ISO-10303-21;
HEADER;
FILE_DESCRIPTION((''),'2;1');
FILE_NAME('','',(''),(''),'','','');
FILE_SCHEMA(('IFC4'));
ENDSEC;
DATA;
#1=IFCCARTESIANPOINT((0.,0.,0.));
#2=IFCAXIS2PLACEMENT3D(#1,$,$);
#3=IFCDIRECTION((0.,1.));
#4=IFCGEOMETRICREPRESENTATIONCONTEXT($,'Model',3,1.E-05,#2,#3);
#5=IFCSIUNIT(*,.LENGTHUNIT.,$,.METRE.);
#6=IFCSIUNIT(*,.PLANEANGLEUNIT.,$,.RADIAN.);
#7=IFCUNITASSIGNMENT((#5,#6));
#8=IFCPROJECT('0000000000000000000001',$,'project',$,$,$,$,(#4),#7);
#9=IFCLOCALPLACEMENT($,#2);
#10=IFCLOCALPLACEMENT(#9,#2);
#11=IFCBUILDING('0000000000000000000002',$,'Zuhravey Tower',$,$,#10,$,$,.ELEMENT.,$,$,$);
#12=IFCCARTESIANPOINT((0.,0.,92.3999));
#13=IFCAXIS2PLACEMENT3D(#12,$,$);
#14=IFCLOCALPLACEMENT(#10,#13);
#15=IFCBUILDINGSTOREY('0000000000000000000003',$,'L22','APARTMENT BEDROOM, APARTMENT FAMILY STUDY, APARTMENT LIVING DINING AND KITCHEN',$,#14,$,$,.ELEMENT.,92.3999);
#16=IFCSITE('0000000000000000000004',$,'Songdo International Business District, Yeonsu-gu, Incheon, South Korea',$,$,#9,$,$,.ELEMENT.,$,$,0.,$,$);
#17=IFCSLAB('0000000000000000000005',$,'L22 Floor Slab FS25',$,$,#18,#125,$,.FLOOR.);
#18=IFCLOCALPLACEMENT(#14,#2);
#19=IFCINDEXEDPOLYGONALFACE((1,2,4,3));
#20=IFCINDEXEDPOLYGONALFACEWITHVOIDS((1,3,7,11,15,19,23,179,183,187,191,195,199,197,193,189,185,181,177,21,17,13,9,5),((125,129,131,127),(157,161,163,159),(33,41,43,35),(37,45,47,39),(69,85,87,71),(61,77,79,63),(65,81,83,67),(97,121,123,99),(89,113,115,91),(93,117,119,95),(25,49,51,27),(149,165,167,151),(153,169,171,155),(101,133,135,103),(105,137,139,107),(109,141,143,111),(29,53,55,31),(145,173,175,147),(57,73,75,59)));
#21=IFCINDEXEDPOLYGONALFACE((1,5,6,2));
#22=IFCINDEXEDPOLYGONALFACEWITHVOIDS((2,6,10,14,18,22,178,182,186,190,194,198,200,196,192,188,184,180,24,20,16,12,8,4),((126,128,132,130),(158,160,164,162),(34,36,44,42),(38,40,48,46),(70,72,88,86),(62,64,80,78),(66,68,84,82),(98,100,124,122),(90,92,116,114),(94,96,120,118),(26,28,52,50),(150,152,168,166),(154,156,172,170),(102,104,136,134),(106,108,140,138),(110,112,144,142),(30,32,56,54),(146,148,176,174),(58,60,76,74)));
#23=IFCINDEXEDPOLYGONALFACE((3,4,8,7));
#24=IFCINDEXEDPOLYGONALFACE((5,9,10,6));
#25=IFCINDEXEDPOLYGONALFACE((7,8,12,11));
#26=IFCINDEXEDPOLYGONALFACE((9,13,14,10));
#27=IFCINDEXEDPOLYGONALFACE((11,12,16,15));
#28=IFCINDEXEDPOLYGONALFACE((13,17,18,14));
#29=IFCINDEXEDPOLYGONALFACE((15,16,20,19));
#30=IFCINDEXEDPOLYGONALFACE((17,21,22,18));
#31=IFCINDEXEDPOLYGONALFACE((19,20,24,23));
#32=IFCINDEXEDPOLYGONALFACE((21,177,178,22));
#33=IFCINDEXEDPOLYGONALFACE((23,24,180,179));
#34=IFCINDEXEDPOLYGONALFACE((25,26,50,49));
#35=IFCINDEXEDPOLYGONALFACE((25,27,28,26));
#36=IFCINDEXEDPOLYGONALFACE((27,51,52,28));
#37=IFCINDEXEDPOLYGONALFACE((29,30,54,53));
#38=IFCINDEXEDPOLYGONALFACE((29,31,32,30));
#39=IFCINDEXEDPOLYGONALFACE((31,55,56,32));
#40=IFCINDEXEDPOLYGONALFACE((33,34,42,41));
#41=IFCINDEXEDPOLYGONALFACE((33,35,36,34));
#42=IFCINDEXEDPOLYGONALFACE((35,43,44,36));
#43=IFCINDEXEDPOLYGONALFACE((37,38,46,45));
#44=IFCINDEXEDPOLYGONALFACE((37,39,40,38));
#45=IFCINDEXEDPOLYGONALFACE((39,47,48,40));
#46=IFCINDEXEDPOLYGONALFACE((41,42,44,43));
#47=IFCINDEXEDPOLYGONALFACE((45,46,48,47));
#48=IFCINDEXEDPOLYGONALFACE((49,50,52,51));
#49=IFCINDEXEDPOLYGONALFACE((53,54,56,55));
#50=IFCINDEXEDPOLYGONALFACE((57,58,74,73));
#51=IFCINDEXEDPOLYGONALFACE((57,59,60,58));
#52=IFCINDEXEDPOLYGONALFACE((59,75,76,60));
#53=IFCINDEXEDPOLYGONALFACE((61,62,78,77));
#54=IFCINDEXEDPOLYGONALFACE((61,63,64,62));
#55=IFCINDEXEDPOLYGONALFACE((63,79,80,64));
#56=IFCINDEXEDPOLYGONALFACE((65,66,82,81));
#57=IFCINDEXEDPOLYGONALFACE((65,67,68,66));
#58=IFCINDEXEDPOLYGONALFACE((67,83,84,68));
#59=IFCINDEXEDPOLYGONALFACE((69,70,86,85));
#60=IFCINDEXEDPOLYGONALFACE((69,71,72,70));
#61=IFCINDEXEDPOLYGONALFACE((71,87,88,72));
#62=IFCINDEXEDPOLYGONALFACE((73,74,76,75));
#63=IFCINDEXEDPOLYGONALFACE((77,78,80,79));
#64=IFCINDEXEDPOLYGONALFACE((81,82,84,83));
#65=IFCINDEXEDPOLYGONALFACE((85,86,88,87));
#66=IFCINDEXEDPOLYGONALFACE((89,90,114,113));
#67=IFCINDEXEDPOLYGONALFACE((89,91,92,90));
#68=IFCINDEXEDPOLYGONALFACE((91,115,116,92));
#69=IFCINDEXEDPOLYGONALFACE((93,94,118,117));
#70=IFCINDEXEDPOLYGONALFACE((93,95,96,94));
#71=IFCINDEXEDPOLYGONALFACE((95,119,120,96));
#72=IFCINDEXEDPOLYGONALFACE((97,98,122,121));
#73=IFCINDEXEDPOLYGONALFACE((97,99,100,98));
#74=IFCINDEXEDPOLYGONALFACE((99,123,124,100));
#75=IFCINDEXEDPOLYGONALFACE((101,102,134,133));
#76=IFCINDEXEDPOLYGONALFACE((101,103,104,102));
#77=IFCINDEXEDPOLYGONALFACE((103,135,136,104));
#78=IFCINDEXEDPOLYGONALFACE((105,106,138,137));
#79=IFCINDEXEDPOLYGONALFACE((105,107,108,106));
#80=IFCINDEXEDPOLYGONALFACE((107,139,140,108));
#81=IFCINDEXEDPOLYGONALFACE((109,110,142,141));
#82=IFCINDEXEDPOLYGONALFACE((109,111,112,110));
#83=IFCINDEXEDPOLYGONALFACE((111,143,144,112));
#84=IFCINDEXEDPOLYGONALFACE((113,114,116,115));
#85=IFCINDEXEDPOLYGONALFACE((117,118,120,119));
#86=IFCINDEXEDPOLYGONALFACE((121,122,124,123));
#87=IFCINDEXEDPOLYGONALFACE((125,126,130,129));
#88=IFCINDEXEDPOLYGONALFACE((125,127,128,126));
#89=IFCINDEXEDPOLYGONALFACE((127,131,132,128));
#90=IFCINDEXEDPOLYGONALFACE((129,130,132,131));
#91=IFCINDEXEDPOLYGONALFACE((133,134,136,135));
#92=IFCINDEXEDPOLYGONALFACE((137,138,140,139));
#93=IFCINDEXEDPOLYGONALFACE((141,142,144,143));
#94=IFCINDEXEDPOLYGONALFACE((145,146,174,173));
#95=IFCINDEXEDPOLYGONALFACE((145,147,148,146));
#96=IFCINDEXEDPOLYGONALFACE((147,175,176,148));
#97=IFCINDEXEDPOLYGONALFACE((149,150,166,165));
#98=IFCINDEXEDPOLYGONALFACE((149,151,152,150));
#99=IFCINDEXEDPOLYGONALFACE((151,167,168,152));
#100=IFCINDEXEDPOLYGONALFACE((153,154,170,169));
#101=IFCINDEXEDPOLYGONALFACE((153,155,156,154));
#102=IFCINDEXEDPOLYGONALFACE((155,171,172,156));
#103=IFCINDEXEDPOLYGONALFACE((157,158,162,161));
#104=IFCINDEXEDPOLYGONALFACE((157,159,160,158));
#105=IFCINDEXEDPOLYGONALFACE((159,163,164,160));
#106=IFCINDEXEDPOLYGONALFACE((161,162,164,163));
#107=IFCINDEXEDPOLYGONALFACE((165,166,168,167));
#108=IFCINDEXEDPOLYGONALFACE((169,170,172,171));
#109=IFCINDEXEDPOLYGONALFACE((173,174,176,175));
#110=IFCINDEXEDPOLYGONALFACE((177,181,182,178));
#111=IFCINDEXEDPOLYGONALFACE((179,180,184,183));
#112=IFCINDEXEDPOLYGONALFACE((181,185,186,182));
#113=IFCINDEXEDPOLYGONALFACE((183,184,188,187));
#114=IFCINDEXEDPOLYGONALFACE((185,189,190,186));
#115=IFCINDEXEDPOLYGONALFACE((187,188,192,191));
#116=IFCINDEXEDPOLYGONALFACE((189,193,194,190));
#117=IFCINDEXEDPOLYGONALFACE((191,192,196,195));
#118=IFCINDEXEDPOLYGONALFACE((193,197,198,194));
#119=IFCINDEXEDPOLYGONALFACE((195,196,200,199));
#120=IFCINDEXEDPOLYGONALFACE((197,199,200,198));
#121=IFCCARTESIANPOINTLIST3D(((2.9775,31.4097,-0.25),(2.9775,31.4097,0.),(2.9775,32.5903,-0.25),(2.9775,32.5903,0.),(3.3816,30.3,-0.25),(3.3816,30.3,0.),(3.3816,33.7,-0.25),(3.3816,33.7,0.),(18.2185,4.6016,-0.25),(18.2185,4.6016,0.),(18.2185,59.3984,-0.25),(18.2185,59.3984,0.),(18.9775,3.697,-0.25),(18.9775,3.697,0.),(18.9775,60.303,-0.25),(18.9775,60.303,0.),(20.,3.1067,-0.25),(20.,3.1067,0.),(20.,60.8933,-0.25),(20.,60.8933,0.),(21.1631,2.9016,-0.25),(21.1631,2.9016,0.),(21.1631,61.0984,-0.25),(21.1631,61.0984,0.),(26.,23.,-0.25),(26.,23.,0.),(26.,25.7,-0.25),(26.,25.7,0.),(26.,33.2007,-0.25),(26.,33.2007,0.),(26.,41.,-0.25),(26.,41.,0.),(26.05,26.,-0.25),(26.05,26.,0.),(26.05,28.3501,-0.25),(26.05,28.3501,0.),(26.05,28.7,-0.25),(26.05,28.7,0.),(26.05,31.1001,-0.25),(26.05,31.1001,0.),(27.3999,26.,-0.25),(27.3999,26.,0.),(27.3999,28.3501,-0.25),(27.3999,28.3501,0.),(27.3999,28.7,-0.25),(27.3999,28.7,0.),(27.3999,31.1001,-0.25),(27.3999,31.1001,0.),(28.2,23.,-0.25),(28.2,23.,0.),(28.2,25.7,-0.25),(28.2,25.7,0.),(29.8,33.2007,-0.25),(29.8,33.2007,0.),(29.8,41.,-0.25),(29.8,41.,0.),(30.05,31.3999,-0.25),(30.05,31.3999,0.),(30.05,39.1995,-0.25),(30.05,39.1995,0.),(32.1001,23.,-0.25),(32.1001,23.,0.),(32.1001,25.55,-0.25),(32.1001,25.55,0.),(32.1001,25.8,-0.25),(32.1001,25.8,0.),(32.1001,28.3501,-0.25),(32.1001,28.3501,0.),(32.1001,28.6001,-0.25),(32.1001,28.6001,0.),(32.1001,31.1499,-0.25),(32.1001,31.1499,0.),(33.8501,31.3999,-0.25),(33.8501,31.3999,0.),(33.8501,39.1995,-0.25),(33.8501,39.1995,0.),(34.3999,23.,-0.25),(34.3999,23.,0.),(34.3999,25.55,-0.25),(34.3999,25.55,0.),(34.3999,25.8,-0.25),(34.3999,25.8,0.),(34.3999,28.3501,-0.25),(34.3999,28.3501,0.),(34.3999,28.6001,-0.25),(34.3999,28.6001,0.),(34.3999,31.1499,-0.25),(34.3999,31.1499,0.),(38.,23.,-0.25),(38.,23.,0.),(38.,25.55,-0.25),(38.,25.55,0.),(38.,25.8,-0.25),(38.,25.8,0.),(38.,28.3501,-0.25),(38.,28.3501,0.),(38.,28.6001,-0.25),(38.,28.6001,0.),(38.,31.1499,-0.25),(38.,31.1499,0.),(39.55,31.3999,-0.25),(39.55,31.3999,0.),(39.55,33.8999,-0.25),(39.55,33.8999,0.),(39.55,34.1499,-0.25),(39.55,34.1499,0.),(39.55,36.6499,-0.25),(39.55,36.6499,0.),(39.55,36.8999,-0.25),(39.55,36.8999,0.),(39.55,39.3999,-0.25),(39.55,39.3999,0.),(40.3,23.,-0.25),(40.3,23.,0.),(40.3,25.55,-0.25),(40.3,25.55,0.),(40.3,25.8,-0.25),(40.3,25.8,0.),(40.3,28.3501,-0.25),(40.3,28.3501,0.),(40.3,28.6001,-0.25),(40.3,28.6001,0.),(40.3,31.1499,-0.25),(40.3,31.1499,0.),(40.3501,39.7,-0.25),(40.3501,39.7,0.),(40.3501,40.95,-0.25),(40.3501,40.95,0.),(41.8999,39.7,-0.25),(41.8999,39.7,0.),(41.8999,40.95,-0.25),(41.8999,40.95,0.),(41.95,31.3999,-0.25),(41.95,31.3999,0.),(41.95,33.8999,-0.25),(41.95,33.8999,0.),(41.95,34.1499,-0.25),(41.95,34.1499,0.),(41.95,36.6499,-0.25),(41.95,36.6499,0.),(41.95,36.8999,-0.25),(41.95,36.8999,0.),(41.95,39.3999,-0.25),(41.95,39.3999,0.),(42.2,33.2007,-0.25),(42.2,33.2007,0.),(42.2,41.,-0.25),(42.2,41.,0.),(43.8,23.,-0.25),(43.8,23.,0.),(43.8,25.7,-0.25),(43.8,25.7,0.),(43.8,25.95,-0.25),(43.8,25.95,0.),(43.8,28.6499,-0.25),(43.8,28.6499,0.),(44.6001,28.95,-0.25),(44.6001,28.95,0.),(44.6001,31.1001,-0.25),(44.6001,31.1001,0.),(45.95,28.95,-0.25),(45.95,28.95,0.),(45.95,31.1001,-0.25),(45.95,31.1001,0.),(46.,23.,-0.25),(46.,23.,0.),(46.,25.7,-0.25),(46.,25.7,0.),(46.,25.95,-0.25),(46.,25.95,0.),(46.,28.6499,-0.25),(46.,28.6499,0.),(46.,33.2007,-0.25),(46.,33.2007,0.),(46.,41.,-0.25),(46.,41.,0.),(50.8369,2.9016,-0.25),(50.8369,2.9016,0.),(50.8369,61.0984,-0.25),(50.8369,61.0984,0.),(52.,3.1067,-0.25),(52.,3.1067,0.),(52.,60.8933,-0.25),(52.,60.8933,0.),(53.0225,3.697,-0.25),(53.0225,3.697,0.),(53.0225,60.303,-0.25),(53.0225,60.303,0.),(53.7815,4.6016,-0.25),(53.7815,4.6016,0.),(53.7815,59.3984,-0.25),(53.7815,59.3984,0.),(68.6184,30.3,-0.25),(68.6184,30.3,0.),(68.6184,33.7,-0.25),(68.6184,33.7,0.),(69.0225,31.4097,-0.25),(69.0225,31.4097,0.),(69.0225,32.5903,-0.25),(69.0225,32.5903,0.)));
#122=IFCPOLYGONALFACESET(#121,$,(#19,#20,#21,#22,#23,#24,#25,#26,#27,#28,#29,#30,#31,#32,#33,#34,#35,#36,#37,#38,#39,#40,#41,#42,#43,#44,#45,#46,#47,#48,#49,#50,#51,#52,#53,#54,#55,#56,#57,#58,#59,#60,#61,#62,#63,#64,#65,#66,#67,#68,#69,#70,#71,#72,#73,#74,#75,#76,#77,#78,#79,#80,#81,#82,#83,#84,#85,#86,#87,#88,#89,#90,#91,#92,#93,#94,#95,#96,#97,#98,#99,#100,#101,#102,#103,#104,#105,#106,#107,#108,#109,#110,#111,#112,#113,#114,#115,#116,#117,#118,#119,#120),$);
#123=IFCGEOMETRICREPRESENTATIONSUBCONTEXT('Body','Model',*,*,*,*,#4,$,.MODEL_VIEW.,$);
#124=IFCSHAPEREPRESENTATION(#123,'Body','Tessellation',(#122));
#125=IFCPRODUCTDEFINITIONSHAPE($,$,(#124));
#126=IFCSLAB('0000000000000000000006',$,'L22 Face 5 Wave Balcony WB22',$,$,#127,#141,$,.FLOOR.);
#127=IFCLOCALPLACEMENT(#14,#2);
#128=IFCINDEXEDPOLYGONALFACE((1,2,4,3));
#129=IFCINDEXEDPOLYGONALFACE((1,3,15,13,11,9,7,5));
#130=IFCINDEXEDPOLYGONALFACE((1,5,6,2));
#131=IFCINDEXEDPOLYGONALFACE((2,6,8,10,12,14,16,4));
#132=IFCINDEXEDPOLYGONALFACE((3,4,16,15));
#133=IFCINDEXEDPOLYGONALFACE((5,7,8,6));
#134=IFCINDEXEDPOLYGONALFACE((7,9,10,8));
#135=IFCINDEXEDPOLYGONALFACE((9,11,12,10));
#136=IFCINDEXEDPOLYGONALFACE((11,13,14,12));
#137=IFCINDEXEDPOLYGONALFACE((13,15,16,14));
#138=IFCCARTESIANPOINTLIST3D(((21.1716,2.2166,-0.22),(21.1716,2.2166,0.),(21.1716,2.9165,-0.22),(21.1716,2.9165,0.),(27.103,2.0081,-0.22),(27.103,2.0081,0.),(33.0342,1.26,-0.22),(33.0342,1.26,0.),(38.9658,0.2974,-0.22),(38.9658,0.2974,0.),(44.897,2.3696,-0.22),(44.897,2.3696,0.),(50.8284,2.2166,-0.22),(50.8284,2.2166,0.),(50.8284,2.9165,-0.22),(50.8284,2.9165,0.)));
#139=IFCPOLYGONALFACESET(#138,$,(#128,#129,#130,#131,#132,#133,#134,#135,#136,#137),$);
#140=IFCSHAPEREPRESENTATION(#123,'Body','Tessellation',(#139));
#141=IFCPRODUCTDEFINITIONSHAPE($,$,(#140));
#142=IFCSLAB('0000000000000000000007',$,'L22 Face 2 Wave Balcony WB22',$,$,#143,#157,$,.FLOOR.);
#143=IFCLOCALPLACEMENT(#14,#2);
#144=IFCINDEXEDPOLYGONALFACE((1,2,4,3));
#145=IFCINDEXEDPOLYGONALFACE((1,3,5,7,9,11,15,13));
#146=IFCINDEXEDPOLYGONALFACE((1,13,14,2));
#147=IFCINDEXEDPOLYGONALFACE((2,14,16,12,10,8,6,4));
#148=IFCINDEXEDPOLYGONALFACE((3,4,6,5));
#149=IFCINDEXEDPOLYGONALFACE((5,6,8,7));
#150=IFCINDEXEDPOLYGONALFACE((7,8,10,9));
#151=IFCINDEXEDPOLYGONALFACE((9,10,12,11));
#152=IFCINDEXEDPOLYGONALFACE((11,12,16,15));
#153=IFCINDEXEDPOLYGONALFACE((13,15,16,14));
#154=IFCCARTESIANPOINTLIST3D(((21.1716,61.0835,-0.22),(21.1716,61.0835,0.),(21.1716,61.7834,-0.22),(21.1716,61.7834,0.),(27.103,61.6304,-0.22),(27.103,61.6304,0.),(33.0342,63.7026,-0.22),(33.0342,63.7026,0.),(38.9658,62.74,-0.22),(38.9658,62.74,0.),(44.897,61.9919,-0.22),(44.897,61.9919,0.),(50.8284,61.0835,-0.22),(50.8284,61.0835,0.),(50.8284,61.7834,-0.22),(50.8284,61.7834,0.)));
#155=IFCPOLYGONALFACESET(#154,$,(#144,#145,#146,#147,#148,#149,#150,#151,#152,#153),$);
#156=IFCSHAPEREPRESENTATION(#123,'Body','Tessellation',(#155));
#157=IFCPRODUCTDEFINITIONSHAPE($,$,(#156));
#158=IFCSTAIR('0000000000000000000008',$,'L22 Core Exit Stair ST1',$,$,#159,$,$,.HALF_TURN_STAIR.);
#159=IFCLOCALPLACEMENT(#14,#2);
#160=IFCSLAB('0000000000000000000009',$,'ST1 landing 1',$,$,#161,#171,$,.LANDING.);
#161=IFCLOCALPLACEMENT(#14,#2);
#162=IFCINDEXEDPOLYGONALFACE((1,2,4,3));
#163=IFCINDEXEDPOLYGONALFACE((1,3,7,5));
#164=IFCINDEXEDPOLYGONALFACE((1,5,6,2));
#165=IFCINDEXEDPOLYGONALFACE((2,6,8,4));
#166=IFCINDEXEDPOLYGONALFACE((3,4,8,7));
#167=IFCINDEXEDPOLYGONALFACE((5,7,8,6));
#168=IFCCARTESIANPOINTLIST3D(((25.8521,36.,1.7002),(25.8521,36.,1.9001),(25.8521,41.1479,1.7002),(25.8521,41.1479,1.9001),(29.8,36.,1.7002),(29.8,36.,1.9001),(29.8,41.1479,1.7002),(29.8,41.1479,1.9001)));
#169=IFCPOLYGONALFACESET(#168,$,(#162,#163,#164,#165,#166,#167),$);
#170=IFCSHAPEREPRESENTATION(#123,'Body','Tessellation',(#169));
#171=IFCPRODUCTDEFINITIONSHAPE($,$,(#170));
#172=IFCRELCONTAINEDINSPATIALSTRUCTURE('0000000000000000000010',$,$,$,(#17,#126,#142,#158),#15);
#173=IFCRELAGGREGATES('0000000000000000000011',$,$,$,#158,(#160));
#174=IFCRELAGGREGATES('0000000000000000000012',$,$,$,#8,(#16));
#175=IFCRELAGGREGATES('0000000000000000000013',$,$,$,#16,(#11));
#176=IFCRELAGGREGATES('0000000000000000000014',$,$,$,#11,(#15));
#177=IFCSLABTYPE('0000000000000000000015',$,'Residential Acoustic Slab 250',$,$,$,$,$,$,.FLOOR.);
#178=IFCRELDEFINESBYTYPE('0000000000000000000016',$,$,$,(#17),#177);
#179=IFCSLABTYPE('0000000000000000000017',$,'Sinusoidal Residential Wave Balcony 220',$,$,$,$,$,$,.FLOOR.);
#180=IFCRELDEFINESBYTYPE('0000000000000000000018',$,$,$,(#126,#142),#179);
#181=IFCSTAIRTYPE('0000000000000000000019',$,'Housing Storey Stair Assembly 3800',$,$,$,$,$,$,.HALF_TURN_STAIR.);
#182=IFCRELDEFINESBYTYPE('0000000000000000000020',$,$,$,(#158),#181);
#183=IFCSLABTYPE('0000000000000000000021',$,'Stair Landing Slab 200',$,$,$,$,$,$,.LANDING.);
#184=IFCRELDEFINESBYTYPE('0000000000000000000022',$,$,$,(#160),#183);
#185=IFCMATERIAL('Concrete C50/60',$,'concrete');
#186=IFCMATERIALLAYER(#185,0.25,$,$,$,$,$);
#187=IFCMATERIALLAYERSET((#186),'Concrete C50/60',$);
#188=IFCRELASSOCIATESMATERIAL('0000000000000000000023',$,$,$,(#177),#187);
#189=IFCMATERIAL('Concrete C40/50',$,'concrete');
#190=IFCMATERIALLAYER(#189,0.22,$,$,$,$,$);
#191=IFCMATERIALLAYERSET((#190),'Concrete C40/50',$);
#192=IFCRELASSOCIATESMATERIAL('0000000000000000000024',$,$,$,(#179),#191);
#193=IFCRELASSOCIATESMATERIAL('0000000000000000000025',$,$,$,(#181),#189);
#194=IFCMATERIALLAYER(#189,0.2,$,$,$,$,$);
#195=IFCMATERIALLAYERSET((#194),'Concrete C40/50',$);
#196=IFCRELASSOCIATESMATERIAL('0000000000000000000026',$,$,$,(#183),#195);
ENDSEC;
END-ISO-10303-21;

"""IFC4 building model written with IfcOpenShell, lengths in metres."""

from ifc_helpers import new_model, si_unit, direction, frame, origin, place, context, subcontext, project, spatial, polyline, outline, extrude, material, layer, layer_set, type_object, element, aggregate, save


model = new_model("IFC4")

# Units and contexts
model_context = context("Model", 3, precision=1e-05, world=origin(), true_north=direction((0.0, 1.0)))
body_context = subcontext(model_context, "Body", "Model", "MODEL_VIEW")
ifc_project = project(units=[si_unit("LENGTHUNIT", "METRE"), si_unit("PLANEANGLEUNIT", "RADIAN")], contexts=[model_context])

# Site, building, storey
site_placement = place(None, origin())
site = spatial("IfcSite", under=ifc_project, at=site_placement, Name="Songdo International Business District, Yeonsu-gu, Incheon, South Korea", CompositionType="ELEMENT", RefElevation=0.0)
building_placement = place(site_placement, origin())
building = spatial("IfcBuilding", under=site, at=building_placement, Name="Zuhravey Tower", CompositionType="ELEMENT")
storey_placement = place(building_placement, frame((0.0, 0.0, 92.3999)))
storey = spatial("IfcBuildingStorey", under=building, at=storey_placement, Name="L22", Description="APARTMENT BEDROOM, APARTMENT FAMILY STUDY, APARTMENT LIVING DINING AND KITCHEN", CompositionType="ELEMENT", Elevation=92.3999)

# Slabs
ifc_material_1 = material(Name="Concrete C50/60", Category="concrete")
ifc_layer_1 = layer(ifc_material_1, 0.25)
ifc_layer_set_1 = layer_set([ifc_layer_1], Name="Concrete C50/60")
slab_type_1 = type_object("IfcSlabType", Name="Residential Acoustic Slab 250", PredefinedType="FLOOR", material=ifc_layer_set_1)
slab_1_placement = place(storey_placement, frame((0.0, 0.0, -0.25)))
element("IfcSlab", 1, at=slab_1_placement, inside=storey, type_object=slab_type_1, Name="L22 Floor Slab FS25", PredefinedType="FLOOR", context=body_context, shape_type="SweptSolid", body=[
    extrude(outline(polyline([(68.6184, 30.3), (69.0225, 31.4097), (69.0225, 32.5903), (68.6184, 33.7), (53.7815, 59.3984), (53.0225, 60.303), (52.0, 60.8933), (50.8369, 61.0984), (21.1631, 61.0984), (20.0, 60.8933), (18.9775, 60.303), (18.2185, 59.3984), (3.3816, 33.7), (2.9775, 32.5903), (2.9775, 31.4097), (3.3816, 30.3), (18.2185, 4.6016), (18.9775, 3.697), (20.0, 3.1067), (21.1631, 2.9016), (50.8369, 2.9016), (52.0, 3.1067), (53.0225, 3.697), (53.7815, 4.6016), (68.6184, 30.3)]), holes=[polyline([(29.8, 33.2007), (29.8, 41.0), (26.0, 41.0), (26.0, 33.2007), (29.8, 33.2007)]), polyline([(46.0, 33.2007), (46.0, 41.0), (42.2, 41.0), (42.2, 33.2007), (46.0, 33.2007)]), polyline([(30.05, 39.1995), (30.05, 31.3999), (33.8501, 31.3999), (33.8501, 39.1995), (30.05, 39.1995)]), polyline([(32.1001, 23.0), (34.3999, 23.0), (34.3999, 25.55), (32.1001, 25.55), (32.1001, 23.0)]), polyline([(32.1001, 25.8), (34.3999, 25.8), (34.3999, 28.3501), (32.1001, 28.3501), (32.1001, 25.8)]), polyline([(32.1001, 28.6001), (34.3999, 28.6001), (34.3999, 31.1499), (32.1001, 31.1499), (32.1001, 28.6001)]), polyline([(38.0, 23.0), (40.3, 23.0), (40.3, 25.55), (38.0, 25.55), (38.0, 23.0)]), polyline([(38.0, 25.8), (40.3, 25.8), (40.3, 28.3501), (38.0, 28.3501), (38.0, 25.8)]), polyline([(38.0, 28.6001), (40.3, 28.6001), (40.3, 31.1499), (38.0, 31.1499), (38.0, 28.6001)]), polyline([(39.55, 31.3999), (41.95, 31.3999), (41.95, 33.8999), (39.55, 33.8999), (39.55, 31.3999)]), polyline([(39.55, 34.1499), (41.95, 34.1499), (41.95, 36.6499), (39.55, 36.6499), (39.55, 34.1499)]), polyline([(39.55, 36.8999), (41.95, 36.8999), (41.95, 39.3999), (39.55, 39.3999), (39.55, 36.8999)]), polyline([(26.0, 23.0), (28.2, 23.0), (28.2, 25.7), (26.0, 25.7), (26.0, 23.0)]), polyline([(43.8, 23.0), (46.0, 23.0), (46.0, 25.7), (43.8, 25.7), (43.8, 23.0)]), polyline([(43.8, 25.95), (46.0, 25.95), (46.0, 28.6499), (43.8, 28.6499), (43.8, 25.95)]), polyline([(26.05, 26.0), (27.3999, 26.0), (27.3999, 28.3501), (26.05, 28.3501), (26.05, 26.0)]), polyline([(26.05, 28.7), (27.3999, 28.7), (27.3999, 31.1001), (26.05, 31.1001), (26.05, 28.7)]), polyline([(44.6001, 28.95), (45.95, 28.95), (45.95, 31.1001), (44.6001, 31.1001), (44.6001, 28.95)]), polyline([(40.3501, 39.7), (41.8999, 39.7), (41.8999, 40.95), (40.3501, 40.95), (40.3501, 39.7)])]), origin(), (0.0, 0.0, 1.0), 0.25),
])
ifc_material_2 = material(Name="Concrete C40/50", Category="concrete")
ifc_layer_2 = layer(ifc_material_2, 0.22)
ifc_layer_set_2 = layer_set([ifc_layer_2], Name="Concrete C40/50")
slab_type_2 = type_object("IfcSlabType", Name="Sinusoidal Residential Wave Balcony 220", PredefinedType="FLOOR", material=ifc_layer_set_2)
slab_2_placement = place(storey_placement, frame((0.0, 0.0, -0.22)))
element("IfcSlab", 2, at=slab_2_placement, inside=storey, type_object=slab_type_2, Name="L22 Face 5 Wave Balcony WB22", PredefinedType="FLOOR", context=body_context, shape_type="SweptSolid", body=[
    extrude(outline(polyline([(21.1716, 2.9165), (50.8284, 2.9165), (50.8284, 2.2166), (44.897, 2.3696), (38.9658, 0.2974), (33.0342, 1.26), (27.103, 2.0081), (21.1716, 2.2166), (21.1716, 2.9165)])), origin(), (0.0, 0.0, 1.0), 0.22),
])
slab_3_placement = place(storey_placement, frame((0.0, 0.0, -0.22)))
element("IfcSlab", 3, at=slab_3_placement, inside=storey, type_object=slab_type_2, Name="L22 Face 2 Wave Balcony WB22", PredefinedType="FLOOR", context=body_context, shape_type="SweptSolid", body=[
    extrude(outline(polyline([(50.8284, 61.0835), (21.1716, 61.0835), (21.1716, 61.7834), (27.103, 61.6304), (33.0342, 63.7026), (38.9658, 62.74), (44.897, 61.9919), (50.8284, 61.7834), (50.8284, 61.0835)])), origin(), (0.0, 0.0, 1.0), 0.22),
])

# Stair, slab
stair_type = type_object("IfcStairType", Name="Housing Storey Stair Assembly 3800", PredefinedType="HALF_TURN_STAIR", material=ifc_material_2)
stair_1_placement = place(storey_placement, origin())
stair_1 = element("IfcStair", 4, at=stair_1_placement, inside=storey, type_object=stair_type, Name="L22 Core Exit Stair ST1", PredefinedType="HALF_TURN_STAIR")
ifc_layer_3 = layer(ifc_material_2, 0.2)
ifc_layer_set_3 = layer_set([ifc_layer_3], Name="Concrete C40/50")
slab_type_3 = type_object("IfcSlabType", Name="Stair Landing Slab 200", PredefinedType="LANDING", material=ifc_layer_set_3)
slab_4_placement = place(storey_placement, frame((0.0, 0.0, 1.7002)))
slab_4 = element("IfcSlab", 5, at=slab_4_placement, type_object=slab_type_3, Name="ST1 landing 1", PredefinedType="LANDING", context=body_context, shape_type="SweptSolid", body=[
    extrude(outline(polyline([(29.8, 36.0), (29.8, 41.1479), (25.8521, 41.1479), (25.8521, 36.0), (29.8, 36.0)])), origin(), (0.0, 0.0, 1.0), 0.2),
])
aggregate(stair_1, [slab_4])

save(model, "model.ifc")
